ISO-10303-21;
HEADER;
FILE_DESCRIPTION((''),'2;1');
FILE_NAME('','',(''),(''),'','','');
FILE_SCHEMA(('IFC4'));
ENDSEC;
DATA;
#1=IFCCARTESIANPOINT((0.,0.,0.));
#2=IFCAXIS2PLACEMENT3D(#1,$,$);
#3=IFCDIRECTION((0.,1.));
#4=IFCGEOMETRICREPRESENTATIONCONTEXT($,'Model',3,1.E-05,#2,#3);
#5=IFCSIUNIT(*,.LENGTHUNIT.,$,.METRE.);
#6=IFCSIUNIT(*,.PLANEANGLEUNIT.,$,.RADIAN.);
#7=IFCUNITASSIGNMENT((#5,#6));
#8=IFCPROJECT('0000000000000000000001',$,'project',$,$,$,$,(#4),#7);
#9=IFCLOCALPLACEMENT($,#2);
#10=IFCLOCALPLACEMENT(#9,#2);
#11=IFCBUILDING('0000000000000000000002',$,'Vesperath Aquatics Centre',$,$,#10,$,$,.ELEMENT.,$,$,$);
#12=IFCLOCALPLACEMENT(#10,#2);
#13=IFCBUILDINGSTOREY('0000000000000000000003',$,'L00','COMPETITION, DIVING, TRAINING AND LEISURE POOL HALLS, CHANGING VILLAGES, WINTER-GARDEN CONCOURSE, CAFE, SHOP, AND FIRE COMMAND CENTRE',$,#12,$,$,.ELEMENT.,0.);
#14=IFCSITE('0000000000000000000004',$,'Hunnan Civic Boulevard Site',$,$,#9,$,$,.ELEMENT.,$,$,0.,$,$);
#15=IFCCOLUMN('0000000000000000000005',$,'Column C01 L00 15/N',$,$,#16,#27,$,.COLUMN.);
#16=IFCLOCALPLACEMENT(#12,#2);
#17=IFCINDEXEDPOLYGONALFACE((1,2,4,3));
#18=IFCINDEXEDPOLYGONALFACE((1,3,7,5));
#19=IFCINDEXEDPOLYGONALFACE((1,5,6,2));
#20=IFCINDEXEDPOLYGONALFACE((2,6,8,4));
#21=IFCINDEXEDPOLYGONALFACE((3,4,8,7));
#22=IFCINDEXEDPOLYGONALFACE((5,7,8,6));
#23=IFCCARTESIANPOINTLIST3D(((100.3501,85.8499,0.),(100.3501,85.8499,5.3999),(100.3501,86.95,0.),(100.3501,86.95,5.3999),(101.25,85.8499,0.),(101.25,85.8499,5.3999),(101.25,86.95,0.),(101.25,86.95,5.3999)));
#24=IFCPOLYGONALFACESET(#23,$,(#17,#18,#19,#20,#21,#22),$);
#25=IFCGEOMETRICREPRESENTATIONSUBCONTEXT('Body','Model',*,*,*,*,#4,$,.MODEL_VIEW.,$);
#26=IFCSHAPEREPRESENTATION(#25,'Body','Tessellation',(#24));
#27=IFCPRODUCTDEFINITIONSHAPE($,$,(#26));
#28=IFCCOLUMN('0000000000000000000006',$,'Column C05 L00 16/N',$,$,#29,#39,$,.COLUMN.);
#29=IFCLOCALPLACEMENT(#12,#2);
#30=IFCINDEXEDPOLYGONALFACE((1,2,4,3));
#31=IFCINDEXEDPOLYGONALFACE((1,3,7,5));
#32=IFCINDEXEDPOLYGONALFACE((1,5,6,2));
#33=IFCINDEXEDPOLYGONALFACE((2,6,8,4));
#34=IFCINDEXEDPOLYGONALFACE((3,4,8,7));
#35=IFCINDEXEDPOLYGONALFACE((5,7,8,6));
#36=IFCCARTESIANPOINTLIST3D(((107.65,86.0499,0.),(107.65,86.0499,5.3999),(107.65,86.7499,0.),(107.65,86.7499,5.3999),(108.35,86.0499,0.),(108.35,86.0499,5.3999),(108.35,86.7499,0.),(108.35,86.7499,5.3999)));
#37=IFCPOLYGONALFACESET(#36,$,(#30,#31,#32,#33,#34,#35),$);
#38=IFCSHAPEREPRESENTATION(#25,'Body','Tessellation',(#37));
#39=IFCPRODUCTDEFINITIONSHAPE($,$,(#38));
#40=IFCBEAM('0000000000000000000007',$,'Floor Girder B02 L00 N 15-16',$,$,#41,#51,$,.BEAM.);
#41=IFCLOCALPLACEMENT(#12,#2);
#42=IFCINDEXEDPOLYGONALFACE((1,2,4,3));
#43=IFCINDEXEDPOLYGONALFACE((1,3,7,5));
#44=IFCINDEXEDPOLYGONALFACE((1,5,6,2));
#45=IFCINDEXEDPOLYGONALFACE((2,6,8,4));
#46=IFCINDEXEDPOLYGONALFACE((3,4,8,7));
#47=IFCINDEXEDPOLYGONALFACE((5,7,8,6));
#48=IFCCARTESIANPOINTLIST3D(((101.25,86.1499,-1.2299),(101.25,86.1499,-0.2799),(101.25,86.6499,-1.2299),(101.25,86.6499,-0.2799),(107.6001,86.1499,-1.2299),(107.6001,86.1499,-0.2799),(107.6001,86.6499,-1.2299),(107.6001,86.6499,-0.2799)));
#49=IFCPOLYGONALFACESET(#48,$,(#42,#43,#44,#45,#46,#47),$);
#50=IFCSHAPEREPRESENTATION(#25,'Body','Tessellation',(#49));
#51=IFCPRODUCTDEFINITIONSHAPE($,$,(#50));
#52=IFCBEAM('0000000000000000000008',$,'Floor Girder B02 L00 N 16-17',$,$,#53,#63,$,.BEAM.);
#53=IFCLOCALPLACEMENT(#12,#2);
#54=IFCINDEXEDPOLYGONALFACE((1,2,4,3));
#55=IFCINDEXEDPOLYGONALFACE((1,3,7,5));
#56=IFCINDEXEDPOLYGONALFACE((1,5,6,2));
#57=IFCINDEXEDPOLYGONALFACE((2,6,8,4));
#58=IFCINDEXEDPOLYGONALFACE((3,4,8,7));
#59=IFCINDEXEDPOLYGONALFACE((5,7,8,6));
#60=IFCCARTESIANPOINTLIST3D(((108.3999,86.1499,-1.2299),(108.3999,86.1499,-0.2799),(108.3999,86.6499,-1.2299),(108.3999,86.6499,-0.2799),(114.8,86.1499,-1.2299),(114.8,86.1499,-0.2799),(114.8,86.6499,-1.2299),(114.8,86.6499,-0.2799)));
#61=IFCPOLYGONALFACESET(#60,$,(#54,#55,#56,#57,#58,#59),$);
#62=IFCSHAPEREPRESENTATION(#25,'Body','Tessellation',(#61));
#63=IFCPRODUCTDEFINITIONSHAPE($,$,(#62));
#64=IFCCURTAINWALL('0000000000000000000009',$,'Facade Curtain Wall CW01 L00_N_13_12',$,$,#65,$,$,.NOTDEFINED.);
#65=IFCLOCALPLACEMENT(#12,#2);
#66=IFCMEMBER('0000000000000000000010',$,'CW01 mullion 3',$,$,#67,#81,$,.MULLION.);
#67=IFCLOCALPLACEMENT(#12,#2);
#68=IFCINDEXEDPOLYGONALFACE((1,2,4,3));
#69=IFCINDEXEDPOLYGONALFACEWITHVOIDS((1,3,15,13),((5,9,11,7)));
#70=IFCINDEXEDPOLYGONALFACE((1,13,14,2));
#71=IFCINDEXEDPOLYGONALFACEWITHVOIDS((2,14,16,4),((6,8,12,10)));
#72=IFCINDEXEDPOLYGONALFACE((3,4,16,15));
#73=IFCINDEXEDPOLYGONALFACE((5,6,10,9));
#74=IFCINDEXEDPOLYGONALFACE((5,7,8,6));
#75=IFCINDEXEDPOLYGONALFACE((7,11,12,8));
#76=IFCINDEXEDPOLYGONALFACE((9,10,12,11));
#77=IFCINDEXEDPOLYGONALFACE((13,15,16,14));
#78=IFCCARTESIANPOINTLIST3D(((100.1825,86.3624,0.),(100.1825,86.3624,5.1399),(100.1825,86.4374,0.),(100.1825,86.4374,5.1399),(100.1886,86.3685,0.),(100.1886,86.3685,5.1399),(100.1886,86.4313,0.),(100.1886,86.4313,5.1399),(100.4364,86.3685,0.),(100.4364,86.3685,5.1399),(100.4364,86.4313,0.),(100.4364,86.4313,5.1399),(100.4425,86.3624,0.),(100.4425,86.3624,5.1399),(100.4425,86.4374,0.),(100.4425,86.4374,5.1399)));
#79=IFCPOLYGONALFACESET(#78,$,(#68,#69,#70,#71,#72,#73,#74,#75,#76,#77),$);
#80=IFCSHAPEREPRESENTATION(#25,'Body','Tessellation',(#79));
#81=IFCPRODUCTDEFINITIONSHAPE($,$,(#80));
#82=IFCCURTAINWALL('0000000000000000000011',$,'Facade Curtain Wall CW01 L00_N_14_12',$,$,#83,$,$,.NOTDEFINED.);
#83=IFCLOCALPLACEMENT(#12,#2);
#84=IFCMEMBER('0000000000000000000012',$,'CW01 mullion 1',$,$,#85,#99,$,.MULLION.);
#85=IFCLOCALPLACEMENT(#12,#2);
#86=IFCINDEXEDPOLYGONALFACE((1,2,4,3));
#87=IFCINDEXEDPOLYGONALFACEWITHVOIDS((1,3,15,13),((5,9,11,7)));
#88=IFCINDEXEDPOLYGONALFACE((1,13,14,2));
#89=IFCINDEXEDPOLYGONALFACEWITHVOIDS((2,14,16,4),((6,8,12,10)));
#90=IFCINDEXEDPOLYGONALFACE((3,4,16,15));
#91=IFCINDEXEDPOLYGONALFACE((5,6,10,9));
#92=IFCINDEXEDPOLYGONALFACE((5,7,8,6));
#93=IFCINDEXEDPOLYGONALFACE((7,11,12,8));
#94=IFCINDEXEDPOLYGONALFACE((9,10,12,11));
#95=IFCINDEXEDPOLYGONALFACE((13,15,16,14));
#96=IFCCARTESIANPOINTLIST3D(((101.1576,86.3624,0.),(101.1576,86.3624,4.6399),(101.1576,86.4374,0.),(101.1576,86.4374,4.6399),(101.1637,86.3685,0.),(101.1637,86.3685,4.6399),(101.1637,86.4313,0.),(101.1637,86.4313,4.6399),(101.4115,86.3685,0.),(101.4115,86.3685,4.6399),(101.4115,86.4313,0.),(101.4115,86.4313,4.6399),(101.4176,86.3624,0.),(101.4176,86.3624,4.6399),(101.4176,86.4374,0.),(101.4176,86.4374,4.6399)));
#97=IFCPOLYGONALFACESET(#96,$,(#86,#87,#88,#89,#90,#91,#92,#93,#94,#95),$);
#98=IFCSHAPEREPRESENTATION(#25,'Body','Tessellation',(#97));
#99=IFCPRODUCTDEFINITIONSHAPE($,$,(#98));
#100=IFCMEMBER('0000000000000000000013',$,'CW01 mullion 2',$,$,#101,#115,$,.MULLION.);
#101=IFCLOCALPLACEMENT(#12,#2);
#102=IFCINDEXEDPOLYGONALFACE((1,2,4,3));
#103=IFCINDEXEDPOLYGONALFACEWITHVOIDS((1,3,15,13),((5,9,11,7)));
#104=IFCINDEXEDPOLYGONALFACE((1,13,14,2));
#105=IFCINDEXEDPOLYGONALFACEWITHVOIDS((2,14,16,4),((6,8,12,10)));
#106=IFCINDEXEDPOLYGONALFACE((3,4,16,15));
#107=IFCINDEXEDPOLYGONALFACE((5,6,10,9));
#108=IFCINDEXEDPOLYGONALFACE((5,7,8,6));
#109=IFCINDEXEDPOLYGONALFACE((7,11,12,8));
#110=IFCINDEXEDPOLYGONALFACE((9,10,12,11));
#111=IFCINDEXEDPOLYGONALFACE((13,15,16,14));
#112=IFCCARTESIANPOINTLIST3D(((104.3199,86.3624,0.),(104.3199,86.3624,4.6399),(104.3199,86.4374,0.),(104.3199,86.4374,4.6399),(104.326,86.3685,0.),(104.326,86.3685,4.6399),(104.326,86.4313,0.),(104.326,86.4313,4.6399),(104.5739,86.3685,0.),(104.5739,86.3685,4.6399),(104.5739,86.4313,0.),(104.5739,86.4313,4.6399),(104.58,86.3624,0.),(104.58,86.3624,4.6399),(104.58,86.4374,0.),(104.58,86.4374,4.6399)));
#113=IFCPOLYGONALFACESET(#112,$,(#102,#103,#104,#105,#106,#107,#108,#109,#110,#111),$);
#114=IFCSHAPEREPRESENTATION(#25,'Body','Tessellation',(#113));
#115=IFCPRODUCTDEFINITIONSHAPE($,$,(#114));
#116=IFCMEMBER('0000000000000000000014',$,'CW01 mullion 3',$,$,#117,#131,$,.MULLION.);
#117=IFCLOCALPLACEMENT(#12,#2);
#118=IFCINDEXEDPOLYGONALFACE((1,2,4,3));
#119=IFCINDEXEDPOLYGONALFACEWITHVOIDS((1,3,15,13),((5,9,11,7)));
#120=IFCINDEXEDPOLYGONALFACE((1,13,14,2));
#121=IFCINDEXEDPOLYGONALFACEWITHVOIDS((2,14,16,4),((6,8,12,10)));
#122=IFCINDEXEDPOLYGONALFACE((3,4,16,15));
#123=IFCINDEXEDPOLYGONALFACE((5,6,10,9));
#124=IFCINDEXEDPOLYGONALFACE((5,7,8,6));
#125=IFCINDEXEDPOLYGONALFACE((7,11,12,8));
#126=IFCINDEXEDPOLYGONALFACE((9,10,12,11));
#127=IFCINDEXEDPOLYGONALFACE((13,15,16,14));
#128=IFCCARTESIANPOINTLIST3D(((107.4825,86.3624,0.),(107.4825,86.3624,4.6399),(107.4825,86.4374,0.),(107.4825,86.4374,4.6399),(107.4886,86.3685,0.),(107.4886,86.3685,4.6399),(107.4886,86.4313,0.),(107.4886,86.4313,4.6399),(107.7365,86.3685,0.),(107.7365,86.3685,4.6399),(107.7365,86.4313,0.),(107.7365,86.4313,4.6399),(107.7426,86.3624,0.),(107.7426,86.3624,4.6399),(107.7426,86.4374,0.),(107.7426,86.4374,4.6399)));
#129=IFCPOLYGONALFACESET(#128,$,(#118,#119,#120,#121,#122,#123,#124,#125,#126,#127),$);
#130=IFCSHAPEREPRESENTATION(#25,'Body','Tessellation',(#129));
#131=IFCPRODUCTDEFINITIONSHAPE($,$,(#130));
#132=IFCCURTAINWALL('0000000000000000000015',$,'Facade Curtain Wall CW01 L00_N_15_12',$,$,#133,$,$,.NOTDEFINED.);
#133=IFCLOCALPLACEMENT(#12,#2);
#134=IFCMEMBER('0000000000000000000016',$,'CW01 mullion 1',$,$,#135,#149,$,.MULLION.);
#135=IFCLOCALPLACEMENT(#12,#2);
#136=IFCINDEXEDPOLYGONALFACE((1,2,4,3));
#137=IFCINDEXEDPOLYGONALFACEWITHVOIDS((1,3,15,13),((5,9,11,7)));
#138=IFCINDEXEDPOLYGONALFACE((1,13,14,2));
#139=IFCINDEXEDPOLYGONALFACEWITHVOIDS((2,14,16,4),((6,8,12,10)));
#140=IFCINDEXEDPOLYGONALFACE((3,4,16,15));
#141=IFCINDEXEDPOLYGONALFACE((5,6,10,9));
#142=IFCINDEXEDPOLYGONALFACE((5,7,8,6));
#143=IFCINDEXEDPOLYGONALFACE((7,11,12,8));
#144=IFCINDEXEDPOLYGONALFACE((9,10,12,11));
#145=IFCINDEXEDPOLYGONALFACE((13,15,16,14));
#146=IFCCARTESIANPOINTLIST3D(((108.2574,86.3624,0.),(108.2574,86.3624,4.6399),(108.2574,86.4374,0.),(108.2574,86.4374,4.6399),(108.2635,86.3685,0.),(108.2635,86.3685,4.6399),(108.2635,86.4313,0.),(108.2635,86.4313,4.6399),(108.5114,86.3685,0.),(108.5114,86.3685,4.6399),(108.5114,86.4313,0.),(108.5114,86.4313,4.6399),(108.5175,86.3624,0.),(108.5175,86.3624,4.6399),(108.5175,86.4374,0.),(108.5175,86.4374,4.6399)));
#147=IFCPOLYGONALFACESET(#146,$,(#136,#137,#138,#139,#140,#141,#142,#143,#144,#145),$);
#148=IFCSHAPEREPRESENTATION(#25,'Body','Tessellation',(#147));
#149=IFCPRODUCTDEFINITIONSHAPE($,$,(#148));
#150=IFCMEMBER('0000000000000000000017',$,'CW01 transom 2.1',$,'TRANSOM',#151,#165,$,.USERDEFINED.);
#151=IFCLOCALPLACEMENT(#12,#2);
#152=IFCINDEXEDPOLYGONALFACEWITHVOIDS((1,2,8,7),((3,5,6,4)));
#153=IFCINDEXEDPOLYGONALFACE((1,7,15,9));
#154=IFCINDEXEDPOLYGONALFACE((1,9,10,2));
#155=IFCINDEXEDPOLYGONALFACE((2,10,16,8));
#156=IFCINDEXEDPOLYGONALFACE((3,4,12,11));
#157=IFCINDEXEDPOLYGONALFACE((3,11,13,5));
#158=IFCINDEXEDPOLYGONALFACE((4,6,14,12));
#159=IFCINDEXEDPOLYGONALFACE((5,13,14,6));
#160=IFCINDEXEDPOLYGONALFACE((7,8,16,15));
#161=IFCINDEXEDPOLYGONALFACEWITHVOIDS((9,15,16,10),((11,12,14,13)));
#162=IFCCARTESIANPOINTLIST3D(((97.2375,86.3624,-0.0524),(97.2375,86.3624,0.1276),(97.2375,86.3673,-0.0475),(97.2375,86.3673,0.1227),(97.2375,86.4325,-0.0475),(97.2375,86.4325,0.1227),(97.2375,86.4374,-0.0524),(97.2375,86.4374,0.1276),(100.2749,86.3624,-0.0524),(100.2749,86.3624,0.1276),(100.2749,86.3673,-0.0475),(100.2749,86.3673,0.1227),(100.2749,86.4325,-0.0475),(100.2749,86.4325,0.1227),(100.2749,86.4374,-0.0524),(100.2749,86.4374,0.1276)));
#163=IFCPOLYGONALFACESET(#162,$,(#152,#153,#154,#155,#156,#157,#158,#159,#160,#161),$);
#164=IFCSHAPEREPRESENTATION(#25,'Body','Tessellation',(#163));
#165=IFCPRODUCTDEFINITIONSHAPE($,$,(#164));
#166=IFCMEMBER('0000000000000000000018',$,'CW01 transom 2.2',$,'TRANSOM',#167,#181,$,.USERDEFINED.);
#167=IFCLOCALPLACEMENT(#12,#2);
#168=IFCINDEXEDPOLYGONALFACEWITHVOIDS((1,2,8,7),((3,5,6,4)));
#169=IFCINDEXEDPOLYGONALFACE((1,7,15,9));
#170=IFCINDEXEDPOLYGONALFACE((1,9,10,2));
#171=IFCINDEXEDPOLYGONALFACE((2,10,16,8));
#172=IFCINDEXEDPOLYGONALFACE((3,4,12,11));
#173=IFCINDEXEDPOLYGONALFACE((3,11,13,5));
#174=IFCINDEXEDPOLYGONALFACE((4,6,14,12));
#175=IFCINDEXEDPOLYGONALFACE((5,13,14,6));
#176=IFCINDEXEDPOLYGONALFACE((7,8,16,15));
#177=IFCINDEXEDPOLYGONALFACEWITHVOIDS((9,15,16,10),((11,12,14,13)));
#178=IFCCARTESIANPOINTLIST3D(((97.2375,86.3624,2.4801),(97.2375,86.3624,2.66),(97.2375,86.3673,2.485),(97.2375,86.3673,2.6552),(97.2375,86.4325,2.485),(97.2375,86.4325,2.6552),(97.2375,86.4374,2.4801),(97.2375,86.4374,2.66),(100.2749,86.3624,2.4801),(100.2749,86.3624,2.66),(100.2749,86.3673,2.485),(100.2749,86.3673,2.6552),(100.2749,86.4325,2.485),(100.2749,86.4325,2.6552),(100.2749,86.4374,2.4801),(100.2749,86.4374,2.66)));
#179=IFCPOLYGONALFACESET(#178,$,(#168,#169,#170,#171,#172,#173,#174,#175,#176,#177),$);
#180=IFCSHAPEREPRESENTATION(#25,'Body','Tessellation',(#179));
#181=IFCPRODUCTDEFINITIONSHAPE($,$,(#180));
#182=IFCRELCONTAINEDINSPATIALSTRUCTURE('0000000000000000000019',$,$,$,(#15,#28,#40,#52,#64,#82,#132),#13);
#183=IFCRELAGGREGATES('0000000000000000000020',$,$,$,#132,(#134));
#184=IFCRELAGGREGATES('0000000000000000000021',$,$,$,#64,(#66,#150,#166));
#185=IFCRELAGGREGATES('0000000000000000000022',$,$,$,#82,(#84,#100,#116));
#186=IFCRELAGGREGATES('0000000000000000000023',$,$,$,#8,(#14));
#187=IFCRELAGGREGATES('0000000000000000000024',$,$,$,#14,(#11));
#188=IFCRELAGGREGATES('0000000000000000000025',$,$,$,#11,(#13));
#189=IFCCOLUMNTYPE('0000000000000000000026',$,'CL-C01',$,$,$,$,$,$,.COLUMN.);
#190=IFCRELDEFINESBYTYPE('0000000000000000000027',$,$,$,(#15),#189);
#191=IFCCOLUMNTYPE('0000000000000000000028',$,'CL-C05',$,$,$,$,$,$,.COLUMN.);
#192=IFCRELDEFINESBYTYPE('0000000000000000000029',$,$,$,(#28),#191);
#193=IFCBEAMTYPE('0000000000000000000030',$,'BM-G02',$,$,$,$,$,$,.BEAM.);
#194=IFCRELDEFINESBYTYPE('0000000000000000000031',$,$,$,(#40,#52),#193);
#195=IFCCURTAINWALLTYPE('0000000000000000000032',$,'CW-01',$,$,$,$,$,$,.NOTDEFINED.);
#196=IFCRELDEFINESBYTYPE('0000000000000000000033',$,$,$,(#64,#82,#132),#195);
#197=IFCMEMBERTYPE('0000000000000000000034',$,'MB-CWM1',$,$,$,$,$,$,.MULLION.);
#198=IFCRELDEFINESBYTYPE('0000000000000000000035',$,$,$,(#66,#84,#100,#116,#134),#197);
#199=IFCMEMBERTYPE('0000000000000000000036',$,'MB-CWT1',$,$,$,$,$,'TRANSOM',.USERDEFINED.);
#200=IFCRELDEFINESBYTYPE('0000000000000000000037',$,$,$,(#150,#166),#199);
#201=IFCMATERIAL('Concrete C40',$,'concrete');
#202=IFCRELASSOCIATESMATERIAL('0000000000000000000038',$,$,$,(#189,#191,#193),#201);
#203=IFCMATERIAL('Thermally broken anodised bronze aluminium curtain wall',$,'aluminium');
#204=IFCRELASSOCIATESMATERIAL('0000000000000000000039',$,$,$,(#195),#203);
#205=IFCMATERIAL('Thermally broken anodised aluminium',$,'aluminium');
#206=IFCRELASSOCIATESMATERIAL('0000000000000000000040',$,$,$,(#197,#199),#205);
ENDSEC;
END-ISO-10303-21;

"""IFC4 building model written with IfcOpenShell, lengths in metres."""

from ifc_helpers import new_model, si_unit, direction, frame, origin, origin_2d, place, context, subcontext, project, spatial, rectangle, hollow_rectangle, extrude, material, material_profile, profile_set, type_object, element, aggregate, save


model = new_model("IFC4")

# Units and contexts
model_context = context("Model", 3, precision=1e-05, world=origin(), true_north=direction((0.0, 1.0)))
body_context = subcontext(model_context, "Body", "Model", "MODEL_VIEW")
ifc_project = project(units=[si_unit("LENGTHUNIT", "METRE"), si_unit("PLANEANGLEUNIT", "RADIAN")], contexts=[model_context])

# Site, building, storey
site_placement = place(None, origin())
site = spatial("IfcSite", under=ifc_project, at=site_placement, Name="Hunnan Civic Boulevard Site", CompositionType="ELEMENT", RefElevation=0.0)
building_placement = place(site_placement, origin())
building = spatial("IfcBuilding", under=site, at=building_placement, Name="Vesperath Aquatics Centre", CompositionType="ELEMENT")
storey_placement = place(building_placement, origin())
storey = spatial("IfcBuildingStorey", under=building, at=storey_placement, Name="L00", Description="COMPETITION, DIVING, TRAINING AND LEISURE POOL HALLS, CHANGING VILLAGES, WINTER-GARDEN CONCOURSE, CAFE, SHOP, AND FIRE COMMAND CENTRE", CompositionType="ELEMENT", Elevation=0.0)

# Columns
ifc_material_1 = material(Name="Concrete C40", Category="concrete")
ifc_material_profile_1 = material_profile(ifc_material_1, rectangle(XDim=0.8999, YDim=1.1001, at=origin_2d()), Name="RC 1100x900")
ifc_profile_set_1 = profile_set([ifc_material_profile_1], Name="Concrete C40")
column_type_1 = type_object("IfcColumnType", Name="CL-C01", PredefinedType="COLUMN", material=ifc_profile_set_1)
column_1_placement = place(storey_placement, frame((100.8, 86.3999, 0.0), z_axis=(0.0, 0.0, 1.0), x_axis=(1.0, 0.0, 0.0)))
element("IfcColumn", 1, at=column_1_placement, inside=storey, type_object=column_type_1, Name="Column C01 L00 15/N", PredefinedType="COLUMN", context=body_context, shape_type="SweptSolid", body=[
    extrude(rectangle(XDim=0.8999, YDim=1.1001, at=origin_2d()), origin(), (0.0, 0.0, 1.0), 5.3999),
])
ifc_material_profile_2 = material_profile(ifc_material_1, rectangle(XDim=0.7, YDim=0.7, at=origin_2d()), Name="RC 700x700")
ifc_profile_set_2 = profile_set([ifc_material_profile_2], Name="Concrete C40")
column_type_2 = type_object("IfcColumnType", Name="CL-C05", PredefinedType="COLUMN", material=ifc_profile_set_2)
column_2_placement = place(storey_placement, frame((108.0, 86.3999, 0.0), z_axis=(0.0, 0.0, 1.0), x_axis=(1.0, 0.0, 0.0)))
element("IfcColumn", 2, at=column_2_placement, inside=storey, type_object=column_type_2, Name="Column C05 L00 16/N", PredefinedType="COLUMN", context=body_context, shape_type="SweptSolid", body=[
    extrude(rectangle(XDim=0.7, YDim=0.7, at=origin_2d()), origin(), (0.0, 0.0, 1.0), 5.3999),
])

# Beams
ifc_material_profile_3 = material_profile(ifc_material_1, rectangle(XDim=0.5, YDim=0.95, at=origin_2d()), Name="RC 500x950")
ifc_profile_set_3 = profile_set([ifc_material_profile_3], Name="Concrete C40")
beam_type = type_object("IfcBeamType", Name="BM-G02", PredefinedType="BEAM", material=ifc_profile_set_3)
beam_1_placement = place(storey_placement, frame((101.25, 86.3999, -0.7549), z_axis=(1.0, 0.0, 0.0), x_axis=(0.0, 1.0, 0.0)))
element("IfcBeam", 3, at=beam_1_placement, inside=storey, type_object=beam_type, Name="Floor Girder B02 L00 N 15-16", PredefinedType="BEAM", context=body_context, shape_type="SweptSolid", body=[
    extrude(rectangle(XDim=0.5, YDim=0.95, at=origin_2d()), origin(), (0.0, 0.0, 1.0), 6.3501),
])
beam_2_placement = place(storey_placement, frame((108.3999, 86.3999, -0.7549), z_axis=(1.0, 0.0, 0.0), x_axis=(0.0, 1.0, 0.0)))
element("IfcBeam", 4, at=beam_2_placement, inside=storey, type_object=beam_type, Name="Floor Girder B02 L00 N 16-17", PredefinedType="BEAM", context=body_context, shape_type="SweptSolid", body=[
    extrude(rectangle(XDim=0.5, YDim=0.95, at=origin_2d()), origin(), (0.0, 0.0, 1.0), 6.4001),
])

# Curtain wall, member
ifc_material_2 = material(Name="Thermally broken anodised bronze aluminium curtain wall", Category="aluminium")
curtain_wall_type = type_object("IfcCurtainWallType", Name="CW-01", PredefinedType="NOTDEFINED", material=ifc_material_2)
curtain_wall_1_placement = place(storey_placement, origin())
curtain_wall_1 = element("IfcCurtainWall", 5, at=curtain_wall_1_placement, inside=storey, type_object=curtain_wall_type, Name="Facade Curtain Wall CW01 L00_N_13_12", PredefinedType="NOTDEFINED")
ifc_material_3 = material(Name="Thermally broken anodised aluminium", Category="aluminium")
ifc_material_profile_4 = material_profile(ifc_material_3, hollow_rectangle(XDim=0.075, YDim=0.26, WallThickness=0.0061, at=origin_2d()), Name="CWM 75x260x6")
ifc_profile_set_4 = profile_set([ifc_material_profile_4], Name="Thermally broken anodised aluminium")
member_type_1 = type_object("IfcMemberType", Name="MB-CWM1", PredefinedType="MULLION", material=ifc_profile_set_4)
member_1_placement = place(storey_placement, frame((100.3125, 86.3999, 0.0), z_axis=(0.0, 0.0, 1.0), x_axis=(0.0, 1.0, 0.0)))
member_1 = element("IfcMember", 6, at=member_1_placement, type_object=member_type_1, Name="CW01 mullion 3", PredefinedType="MULLION", context=body_context, shape_type="SweptSolid", body=[
    extrude(hollow_rectangle(XDim=0.075, YDim=0.26, WallThickness=0.0061, at=origin_2d()), origin(), (0.0, 0.0, 1.0), 5.1399),
])

# Curtain wall, members
curtain_wall_2_placement = place(storey_placement, origin())
curtain_wall_2 = element("IfcCurtainWall", 7, at=curtain_wall_2_placement, inside=storey, type_object=curtain_wall_type, Name="Facade Curtain Wall CW01 L00_N_14_12", PredefinedType="NOTDEFINED")
member_2_placement = place(storey_placement, frame((101.2876, 86.3999, 0.0), z_axis=(0.0, 0.0, 1.0), x_axis=(0.0, 1.0, 0.0)))
member_2 = element("IfcMember", 8, at=member_2_placement, type_object=member_type_1, Name="CW01 mullion 1", PredefinedType="MULLION", context=body_context, shape_type="SweptSolid", body=[
    extrude(hollow_rectangle(XDim=0.075, YDim=0.26, WallThickness=0.0061, at=origin_2d()), origin(), (0.0, 0.0, 1.0), 4.6399),
])
member_3_placement = place(storey_placement, frame((104.45, 86.3999, 0.0), z_axis=(0.0, 0.0, 1.0), x_axis=(0.0, 1.0, 0.0)))
member_3 = element("IfcMember", 9, at=member_3_placement, type_object=member_type_1, Name="CW01 mullion 2", PredefinedType="MULLION", context=body_context, shape_type="SweptSolid", body=[
    extrude(hollow_rectangle(XDim=0.075, YDim=0.26, WallThickness=0.0061, at=origin_2d()), origin(), (0.0, 0.0, 1.0), 4.6399),
])
member_4_placement = place(storey_placement, frame((107.6125, 86.3999, 0.0), z_axis=(0.0, 0.0, 1.0), x_axis=(0.0, 1.0, 0.0)))
member_4 = element("IfcMember", 10, at=member_4_placement, type_object=member_type_1, Name="CW01 mullion 3", PredefinedType="MULLION", context=body_context, shape_type="SweptSolid", body=[
    extrude(hollow_rectangle(XDim=0.075, YDim=0.26, WallThickness=0.0061, at=origin_2d()), origin(), (0.0, 0.0, 1.0), 4.6399),
])

# Curtain wall, member
curtain_wall_3_placement = place(storey_placement, origin())
curtain_wall_3 = element("IfcCurtainWall", 11, at=curtain_wall_3_placement, inside=storey, type_object=curtain_wall_type, Name="Facade Curtain Wall CW01 L00_N_15_12", PredefinedType="NOTDEFINED")
member_5_placement = place(storey_placement, frame((108.3875, 86.3999, 0.0), z_axis=(0.0, 0.0, 1.0), x_axis=(0.0, 1.0, 0.0)))
member_5 = element("IfcMember", 12, at=member_5_placement, type_object=member_type_1, Name="CW01 mullion 1", PredefinedType="MULLION", context=body_context, shape_type="SweptSolid", body=[
    extrude(hollow_rectangle(XDim=0.075, YDim=0.26, WallThickness=0.0061, at=origin_2d()), origin(), (0.0, 0.0, 1.0), 4.6399),
])

# Members
ifc_material_profile_5 = material_profile(ifc_material_3, hollow_rectangle(XDim=0.075, YDim=0.1799, WallThickness=0.0049, at=origin_2d()), Name="CWT 75x180x5")
ifc_profile_set_5 = profile_set([ifc_material_profile_5], Name="Thermally broken anodised aluminium")
member_type_2 = type_object("IfcMemberType", Name="MB-CWT1", ElementType="TRANSOM", PredefinedType="USERDEFINED", material=ifc_profile_set_5)
member_6_placement = place(storey_placement, frame((97.2375, 86.3999, 0.0376), z_axis=(1.0, 0.0, 0.0), x_axis=(0.0, 1.0, 0.0)))
member_6 = element("IfcMember", 13, at=member_6_placement, type_object=member_type_2, Name="CW01 transom 2.1", ObjectType="TRANSOM", PredefinedType="USERDEFINED", context=body_context, shape_type="SweptSolid", body=[
    extrude(hollow_rectangle(XDim=0.075, YDim=0.1799, WallThickness=0.0049, at=origin_2d()), origin(), (0.0, 0.0, 1.0), 3.0374),
])
member_7_placement = place(storey_placement, frame((97.2375, 86.3999, 2.5701), z_axis=(1.0, 0.0, 0.0), x_axis=(0.0, 1.0, 0.0)))
member_7 = element("IfcMember", 14, at=member_7_placement, type_object=member_type_2, Name="CW01 transom 2.2", ObjectType="TRANSOM", PredefinedType="USERDEFINED", context=body_context, shape_type="SweptSolid", body=[
    extrude(hollow_rectangle(XDim=0.075, YDim=0.1799, WallThickness=0.0049, at=origin_2d()), origin(), (0.0, 0.0, 1.0), 3.0374),
])
aggregate(curtain_wall_3, [member_5])

aggregate(curtain_wall_1, [member_1, member_6, member_7])
aggregate(curtain_wall_2, [member_2, member_3, member_4])

save(model, "model.ifc")
